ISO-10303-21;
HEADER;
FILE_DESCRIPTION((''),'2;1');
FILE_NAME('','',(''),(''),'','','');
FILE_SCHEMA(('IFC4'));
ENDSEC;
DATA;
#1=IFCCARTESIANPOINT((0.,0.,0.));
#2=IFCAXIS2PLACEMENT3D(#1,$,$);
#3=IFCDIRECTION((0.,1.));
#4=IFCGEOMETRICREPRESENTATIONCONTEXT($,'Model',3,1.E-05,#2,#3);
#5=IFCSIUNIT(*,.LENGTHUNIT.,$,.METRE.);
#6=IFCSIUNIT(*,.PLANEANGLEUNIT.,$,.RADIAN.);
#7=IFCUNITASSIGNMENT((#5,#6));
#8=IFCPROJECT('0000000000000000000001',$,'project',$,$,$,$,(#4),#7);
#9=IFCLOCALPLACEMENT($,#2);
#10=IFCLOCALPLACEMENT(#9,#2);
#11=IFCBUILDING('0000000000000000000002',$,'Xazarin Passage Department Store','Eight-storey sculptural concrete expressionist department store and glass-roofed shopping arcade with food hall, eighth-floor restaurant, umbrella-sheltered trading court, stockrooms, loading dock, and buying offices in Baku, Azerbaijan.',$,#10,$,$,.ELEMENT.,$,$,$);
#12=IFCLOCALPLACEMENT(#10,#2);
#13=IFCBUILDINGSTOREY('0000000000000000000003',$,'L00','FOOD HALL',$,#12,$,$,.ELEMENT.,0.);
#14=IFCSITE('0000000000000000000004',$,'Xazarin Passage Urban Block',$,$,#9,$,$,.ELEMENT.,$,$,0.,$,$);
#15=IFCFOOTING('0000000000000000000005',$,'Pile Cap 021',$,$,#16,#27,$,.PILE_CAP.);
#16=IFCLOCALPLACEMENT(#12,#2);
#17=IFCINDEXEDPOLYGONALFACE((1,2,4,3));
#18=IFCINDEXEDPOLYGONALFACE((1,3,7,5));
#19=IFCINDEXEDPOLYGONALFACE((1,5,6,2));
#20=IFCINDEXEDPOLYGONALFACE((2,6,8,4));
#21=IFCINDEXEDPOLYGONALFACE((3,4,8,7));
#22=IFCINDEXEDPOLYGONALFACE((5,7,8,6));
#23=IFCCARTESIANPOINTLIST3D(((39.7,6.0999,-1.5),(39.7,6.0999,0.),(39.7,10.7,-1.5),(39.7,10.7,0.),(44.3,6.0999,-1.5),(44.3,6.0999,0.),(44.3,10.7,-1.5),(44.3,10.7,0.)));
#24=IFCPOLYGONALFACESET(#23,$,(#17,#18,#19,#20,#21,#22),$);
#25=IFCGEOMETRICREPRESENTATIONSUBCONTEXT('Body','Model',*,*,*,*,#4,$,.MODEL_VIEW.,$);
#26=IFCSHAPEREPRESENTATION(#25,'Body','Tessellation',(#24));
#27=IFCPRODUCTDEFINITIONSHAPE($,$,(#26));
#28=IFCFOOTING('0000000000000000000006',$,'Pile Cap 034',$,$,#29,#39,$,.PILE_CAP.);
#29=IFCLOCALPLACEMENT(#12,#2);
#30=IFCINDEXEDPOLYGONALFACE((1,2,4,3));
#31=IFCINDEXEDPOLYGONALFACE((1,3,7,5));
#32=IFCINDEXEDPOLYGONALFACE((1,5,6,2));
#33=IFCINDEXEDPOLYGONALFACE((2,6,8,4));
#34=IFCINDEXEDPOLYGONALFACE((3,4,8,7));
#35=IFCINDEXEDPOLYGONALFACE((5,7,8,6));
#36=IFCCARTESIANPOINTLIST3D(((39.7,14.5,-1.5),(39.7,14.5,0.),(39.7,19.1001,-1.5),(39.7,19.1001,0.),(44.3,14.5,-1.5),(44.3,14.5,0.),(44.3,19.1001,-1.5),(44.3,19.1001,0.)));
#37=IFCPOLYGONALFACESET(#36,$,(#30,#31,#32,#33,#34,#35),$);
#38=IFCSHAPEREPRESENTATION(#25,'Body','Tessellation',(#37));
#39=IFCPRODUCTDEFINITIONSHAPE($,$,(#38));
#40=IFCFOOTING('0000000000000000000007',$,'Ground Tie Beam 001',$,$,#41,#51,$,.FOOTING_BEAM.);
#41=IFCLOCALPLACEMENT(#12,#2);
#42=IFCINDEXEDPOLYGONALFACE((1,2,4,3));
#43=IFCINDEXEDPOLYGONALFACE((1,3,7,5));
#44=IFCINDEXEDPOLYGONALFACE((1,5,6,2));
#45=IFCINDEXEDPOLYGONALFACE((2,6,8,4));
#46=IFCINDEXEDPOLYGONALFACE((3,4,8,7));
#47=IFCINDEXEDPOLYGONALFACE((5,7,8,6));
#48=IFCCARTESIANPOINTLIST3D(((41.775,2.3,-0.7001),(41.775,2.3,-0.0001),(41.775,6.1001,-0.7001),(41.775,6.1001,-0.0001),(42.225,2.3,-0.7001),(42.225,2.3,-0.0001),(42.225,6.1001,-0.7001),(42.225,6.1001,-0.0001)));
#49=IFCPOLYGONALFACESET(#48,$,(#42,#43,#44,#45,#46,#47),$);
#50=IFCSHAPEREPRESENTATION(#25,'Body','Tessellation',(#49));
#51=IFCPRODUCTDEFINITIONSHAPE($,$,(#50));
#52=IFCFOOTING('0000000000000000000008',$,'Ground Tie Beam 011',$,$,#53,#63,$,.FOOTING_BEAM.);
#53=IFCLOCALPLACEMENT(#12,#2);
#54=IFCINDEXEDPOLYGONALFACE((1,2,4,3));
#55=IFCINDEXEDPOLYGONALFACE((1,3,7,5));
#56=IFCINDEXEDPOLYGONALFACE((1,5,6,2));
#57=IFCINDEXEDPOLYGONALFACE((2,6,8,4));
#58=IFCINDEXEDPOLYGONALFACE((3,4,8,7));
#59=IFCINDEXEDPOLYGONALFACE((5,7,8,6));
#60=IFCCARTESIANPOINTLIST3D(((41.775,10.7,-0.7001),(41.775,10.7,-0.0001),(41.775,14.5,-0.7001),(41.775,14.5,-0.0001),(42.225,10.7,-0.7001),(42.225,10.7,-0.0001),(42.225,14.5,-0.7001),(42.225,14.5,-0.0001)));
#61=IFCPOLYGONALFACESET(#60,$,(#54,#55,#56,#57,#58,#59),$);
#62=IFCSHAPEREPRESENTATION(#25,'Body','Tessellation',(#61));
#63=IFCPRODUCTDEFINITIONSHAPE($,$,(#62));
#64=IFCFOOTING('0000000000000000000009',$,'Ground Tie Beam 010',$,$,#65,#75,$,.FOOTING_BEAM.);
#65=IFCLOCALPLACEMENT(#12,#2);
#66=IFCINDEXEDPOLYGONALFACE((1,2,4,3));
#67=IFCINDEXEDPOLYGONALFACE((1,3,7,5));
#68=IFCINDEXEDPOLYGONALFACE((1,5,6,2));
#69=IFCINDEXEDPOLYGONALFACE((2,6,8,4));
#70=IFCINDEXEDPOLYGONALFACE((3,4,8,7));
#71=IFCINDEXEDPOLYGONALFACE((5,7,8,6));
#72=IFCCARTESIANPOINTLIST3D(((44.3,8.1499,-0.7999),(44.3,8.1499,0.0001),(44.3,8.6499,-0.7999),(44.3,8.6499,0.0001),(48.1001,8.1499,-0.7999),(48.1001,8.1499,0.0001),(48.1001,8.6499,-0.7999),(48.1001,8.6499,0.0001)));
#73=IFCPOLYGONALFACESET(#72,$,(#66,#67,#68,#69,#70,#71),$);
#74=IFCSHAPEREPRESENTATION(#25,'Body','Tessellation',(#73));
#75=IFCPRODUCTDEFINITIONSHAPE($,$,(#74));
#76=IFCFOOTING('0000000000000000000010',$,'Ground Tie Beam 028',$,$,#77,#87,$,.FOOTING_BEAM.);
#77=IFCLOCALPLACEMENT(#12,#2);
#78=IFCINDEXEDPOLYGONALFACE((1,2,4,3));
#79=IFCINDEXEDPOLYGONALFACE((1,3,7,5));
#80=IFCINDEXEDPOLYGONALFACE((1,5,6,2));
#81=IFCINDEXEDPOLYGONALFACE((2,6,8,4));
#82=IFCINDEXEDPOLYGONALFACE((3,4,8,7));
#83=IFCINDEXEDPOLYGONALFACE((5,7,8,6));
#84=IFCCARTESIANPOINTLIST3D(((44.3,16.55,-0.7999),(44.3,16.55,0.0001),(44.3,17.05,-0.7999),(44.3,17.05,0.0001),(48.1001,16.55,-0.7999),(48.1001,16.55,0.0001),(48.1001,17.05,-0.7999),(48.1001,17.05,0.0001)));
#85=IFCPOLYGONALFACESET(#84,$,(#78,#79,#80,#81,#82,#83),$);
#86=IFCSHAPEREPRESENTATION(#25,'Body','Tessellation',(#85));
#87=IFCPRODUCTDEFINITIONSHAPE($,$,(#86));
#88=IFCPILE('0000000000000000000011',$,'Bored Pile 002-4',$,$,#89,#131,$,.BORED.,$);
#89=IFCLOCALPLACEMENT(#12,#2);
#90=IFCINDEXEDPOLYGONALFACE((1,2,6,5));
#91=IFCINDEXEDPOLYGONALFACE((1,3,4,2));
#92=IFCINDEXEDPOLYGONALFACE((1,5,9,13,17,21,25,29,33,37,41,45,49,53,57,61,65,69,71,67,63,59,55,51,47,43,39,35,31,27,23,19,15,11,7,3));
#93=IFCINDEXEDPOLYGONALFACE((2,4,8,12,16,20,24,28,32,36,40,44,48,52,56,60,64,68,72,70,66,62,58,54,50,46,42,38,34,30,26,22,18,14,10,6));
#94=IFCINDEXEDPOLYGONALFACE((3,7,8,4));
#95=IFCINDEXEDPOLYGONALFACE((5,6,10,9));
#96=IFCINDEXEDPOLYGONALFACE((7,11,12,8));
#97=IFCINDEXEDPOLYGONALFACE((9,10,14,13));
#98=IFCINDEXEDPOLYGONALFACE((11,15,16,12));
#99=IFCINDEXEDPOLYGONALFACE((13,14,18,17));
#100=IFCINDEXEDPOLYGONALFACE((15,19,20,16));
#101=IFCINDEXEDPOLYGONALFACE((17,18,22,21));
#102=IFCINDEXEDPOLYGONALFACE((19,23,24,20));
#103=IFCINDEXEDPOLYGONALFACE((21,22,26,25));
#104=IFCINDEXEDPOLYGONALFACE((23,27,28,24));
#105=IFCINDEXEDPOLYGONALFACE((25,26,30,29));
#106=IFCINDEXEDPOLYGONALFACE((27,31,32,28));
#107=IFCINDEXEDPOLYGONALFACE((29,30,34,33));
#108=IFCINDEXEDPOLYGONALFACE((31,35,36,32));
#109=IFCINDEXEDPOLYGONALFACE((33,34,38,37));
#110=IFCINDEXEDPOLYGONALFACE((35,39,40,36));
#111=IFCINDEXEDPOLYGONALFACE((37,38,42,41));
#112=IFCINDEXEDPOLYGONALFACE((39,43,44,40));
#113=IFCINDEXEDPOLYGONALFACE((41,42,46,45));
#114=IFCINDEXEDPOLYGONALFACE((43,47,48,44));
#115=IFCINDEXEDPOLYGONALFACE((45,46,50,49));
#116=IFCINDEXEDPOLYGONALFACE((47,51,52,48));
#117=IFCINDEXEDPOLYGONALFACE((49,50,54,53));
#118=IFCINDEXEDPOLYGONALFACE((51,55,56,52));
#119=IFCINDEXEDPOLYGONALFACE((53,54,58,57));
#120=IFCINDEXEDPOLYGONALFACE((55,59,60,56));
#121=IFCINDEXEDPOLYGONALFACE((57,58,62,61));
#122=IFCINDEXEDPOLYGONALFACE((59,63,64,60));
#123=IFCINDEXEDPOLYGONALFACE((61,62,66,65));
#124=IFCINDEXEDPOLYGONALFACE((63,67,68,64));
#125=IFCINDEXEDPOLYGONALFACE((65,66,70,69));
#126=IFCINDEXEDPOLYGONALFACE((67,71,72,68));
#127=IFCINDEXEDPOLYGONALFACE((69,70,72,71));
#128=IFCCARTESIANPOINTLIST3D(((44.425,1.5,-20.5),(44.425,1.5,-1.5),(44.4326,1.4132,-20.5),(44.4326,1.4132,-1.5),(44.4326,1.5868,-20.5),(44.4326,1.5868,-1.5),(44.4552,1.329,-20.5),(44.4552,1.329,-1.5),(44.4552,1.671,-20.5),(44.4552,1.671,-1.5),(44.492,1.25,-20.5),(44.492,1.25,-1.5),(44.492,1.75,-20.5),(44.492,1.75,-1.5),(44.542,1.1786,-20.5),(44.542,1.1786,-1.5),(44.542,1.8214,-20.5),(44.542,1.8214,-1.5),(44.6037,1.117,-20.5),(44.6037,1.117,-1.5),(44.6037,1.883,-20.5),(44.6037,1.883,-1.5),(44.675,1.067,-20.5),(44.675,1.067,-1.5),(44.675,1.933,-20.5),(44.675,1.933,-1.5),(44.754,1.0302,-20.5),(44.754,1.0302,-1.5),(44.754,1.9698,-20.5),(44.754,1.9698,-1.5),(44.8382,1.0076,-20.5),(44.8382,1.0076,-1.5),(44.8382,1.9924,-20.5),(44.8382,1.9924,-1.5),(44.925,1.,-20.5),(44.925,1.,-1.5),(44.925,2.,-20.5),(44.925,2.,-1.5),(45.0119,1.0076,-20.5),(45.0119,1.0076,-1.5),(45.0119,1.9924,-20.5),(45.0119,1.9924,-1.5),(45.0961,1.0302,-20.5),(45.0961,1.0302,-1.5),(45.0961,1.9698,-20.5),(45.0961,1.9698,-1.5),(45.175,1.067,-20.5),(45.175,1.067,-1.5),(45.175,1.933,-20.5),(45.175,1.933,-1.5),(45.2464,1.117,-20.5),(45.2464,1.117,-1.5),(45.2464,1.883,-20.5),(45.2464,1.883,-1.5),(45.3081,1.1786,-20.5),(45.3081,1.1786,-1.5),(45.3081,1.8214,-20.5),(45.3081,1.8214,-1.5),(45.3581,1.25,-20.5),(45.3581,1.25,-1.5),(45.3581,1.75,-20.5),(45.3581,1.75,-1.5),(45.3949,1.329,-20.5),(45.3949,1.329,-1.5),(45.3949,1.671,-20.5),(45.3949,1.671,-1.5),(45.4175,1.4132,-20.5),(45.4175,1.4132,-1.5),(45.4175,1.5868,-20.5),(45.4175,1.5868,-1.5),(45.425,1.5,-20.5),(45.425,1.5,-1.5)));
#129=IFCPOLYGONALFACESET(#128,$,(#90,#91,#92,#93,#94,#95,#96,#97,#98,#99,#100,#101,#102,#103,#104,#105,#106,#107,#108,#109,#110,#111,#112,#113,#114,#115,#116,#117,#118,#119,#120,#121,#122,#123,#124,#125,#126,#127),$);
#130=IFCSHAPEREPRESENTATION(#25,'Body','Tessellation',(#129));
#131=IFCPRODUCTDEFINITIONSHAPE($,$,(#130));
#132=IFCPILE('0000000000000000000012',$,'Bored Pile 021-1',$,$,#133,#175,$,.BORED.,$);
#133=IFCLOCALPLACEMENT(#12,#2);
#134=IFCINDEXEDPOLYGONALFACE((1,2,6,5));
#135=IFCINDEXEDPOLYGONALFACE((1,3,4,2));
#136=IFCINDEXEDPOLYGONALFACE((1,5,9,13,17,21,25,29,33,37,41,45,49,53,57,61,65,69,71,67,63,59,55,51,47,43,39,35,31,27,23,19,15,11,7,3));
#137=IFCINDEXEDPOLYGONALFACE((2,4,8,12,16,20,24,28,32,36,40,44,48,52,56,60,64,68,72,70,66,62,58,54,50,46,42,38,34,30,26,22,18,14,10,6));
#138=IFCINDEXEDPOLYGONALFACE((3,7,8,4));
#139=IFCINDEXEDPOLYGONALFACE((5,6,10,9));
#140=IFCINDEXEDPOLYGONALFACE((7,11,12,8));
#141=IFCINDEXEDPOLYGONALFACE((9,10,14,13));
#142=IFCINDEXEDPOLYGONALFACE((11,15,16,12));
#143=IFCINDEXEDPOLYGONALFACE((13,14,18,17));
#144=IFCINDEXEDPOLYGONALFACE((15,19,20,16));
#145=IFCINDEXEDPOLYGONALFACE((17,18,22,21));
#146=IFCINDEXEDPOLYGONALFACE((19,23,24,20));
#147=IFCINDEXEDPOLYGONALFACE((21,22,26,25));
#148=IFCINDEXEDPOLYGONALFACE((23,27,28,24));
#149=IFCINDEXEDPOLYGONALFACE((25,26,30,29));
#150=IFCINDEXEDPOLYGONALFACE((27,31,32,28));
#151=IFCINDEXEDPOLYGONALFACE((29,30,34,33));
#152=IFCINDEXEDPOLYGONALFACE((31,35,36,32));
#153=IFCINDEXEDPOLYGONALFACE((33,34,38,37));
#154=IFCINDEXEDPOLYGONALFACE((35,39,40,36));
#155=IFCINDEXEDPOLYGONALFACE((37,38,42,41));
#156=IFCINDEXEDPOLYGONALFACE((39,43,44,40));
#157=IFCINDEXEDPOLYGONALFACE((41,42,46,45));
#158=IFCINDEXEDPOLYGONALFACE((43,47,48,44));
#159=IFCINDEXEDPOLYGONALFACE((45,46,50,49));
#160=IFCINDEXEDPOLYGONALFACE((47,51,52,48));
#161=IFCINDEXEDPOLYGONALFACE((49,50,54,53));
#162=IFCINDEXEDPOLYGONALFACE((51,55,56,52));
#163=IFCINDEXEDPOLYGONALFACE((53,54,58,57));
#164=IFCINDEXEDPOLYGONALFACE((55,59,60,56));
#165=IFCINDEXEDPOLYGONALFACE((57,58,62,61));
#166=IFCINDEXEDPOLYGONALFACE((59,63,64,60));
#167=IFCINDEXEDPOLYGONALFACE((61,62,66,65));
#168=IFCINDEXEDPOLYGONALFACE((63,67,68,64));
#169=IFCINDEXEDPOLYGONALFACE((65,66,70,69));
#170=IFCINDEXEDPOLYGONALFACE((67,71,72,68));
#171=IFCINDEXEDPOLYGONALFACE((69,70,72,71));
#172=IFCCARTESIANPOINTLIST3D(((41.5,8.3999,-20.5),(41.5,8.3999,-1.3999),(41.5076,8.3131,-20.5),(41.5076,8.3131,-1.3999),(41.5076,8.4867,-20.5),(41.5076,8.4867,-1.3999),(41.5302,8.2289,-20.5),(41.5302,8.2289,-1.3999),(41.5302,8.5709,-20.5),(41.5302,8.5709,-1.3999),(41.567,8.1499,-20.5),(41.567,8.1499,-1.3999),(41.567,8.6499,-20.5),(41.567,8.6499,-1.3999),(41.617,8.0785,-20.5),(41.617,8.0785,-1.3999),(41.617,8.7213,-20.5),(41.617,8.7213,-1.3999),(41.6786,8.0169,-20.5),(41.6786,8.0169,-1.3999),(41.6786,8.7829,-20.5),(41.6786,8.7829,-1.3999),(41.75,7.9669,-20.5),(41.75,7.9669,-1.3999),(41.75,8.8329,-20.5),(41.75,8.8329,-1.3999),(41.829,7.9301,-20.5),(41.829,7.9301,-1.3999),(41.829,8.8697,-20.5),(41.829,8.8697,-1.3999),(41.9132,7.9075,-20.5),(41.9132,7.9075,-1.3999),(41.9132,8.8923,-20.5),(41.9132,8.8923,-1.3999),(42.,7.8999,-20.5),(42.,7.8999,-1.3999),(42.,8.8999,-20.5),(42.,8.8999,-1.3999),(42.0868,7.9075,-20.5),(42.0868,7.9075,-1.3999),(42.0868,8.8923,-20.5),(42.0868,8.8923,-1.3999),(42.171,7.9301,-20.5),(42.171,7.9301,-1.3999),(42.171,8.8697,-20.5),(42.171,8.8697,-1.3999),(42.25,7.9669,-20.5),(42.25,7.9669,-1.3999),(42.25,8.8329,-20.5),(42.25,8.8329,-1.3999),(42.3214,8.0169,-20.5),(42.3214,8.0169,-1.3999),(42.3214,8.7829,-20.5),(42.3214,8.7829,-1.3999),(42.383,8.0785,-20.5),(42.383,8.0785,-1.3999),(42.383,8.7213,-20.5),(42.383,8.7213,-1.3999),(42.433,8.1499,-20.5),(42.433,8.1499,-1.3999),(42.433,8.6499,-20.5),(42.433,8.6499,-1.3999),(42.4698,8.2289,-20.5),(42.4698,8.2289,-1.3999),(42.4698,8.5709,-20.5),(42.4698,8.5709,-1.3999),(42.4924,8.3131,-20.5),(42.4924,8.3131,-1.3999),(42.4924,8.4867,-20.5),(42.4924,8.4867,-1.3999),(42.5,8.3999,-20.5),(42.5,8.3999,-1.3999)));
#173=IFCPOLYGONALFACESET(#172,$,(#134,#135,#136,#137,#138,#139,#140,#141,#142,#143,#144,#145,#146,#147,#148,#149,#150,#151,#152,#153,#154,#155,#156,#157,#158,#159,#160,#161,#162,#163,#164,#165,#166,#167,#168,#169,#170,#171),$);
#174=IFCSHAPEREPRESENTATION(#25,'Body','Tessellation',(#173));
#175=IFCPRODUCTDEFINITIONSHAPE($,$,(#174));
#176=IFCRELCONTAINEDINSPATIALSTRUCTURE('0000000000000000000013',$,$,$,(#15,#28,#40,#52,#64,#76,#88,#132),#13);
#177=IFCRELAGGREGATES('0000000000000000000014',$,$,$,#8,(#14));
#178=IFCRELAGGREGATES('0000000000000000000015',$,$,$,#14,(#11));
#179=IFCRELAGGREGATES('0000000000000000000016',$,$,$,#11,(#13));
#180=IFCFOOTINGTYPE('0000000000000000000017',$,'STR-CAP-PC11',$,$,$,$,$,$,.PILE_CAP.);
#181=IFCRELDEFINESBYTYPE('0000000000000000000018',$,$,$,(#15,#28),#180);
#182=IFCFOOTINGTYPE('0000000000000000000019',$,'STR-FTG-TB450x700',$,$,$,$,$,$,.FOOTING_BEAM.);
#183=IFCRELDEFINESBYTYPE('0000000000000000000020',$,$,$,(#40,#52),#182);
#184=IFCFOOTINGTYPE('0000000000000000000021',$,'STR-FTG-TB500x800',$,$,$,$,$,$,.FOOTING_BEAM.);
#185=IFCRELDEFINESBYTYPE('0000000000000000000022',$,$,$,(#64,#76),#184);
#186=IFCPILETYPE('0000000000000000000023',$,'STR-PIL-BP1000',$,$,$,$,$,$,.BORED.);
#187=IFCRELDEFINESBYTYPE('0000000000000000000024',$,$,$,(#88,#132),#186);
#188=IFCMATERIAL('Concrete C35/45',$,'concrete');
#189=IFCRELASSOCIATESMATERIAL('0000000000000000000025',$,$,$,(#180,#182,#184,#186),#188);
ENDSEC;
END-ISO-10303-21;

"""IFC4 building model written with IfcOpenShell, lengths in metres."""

from ifc_helpers import new_model, si_unit, direction, frame, origin, origin_2d, place, context, subcontext, project, spatial, rectangle, circle, extrude, material, material_profile, profile_set, type_object, element, save


model = new_model("IFC4")

# Units and contexts
model_context = context("Model", 3, precision=1e-05, world=origin(), true_north=direction((0.0, 1.0)))
body_context = subcontext(model_context, "Body", "Model", "MODEL_VIEW")
ifc_project = project(units=[si_unit("LENGTHUNIT", "METRE"), si_unit("PLANEANGLEUNIT", "RADIAN")], contexts=[model_context])

# Site, building, storey
site_placement = place(None, origin())
site = spatial("IfcSite", under=ifc_project, at=site_placement, Name="Xazarin Passage Urban Block", CompositionType="ELEMENT", RefElevation=0.0)
building_placement = place(site_placement, origin())
building = spatial("IfcBuilding", under=site, at=building_placement, Name="Xazarin Passage Department Store", Description="Eight-storey sculptural concrete expressionist department store and glass-roofed shopping arcade with food hall, eighth-floor restaurant, umbrella-sheltered trading court, stockrooms, loading dock, and buying offices in Baku, Azerbaijan.", CompositionType="ELEMENT")
storey_placement = place(building_placement, origin())
storey = spatial("IfcBuildingStorey", under=building, at=storey_placement, Name="L00", Description="FOOD HALL", CompositionType="ELEMENT", Elevation=0.0)

# Footings
ifc_material_1 = material(Name="Concrete C35/45", Category="concrete")
footing_type_1 = type_object("IfcFootingType", Name="STR-CAP-PC11", PredefinedType="PILE_CAP", material=ifc_material_1)
for number, where, z_axis, x_axis, name in (
    (1, (42.0, 8.3999, -1.5), (0.0, 0.0, 1.0), (1.0, 0.0, 0.0), "Pile Cap 021"),
    (2, (42.0, 16.8, -1.5), (0.0, 0.0, 1.0), (1.0, 0.0, 0.0), "Pile Cap 034"),
):
    element("IfcFooting", number, at=place(storey_placement, frame(where, z_axis=z_axis, x_axis=x_axis)), inside=storey, type_object=footing_type_1, Name=name, PredefinedType="PILE_CAP", context=body_context, shape_type="SweptSolid", body=[
        extrude(rectangle(XDim=4.6001, YDim=4.6001, at=origin_2d()), origin(), (0.0, 0.0, 1.0), 1.5),
    ])
ifc_material_profile_1 = material_profile(ifc_material_1, rectangle(XDim=0.45, YDim=0.7, at=origin_2d()), Name="RC 450x700")
ifc_profile_set_1 = profile_set([ifc_material_profile_1], Name="Concrete C35/45")
footing_type_2 = type_object("IfcFootingType", Name="STR-FTG-TB450x700", PredefinedType="FOOTING_BEAM", material=ifc_profile_set_1)
for number, where, z_axis, x_axis, name in (
    (3, (42.0, 2.3, -0.3501), (0.0, 1.0, 0.0), (-1.0, 0.0, 0.0), "Ground Tie Beam 001"),
    (4, (42.0, 10.7, -0.3501), (0.0, 1.0, 0.0), (-1.0, 0.0, 0.0), "Ground Tie Beam 011"),
):
    element("IfcFooting", number, at=place(storey_placement, frame(where, z_axis=z_axis, x_axis=x_axis)), inside=storey, type_object=footing_type_2, Name=name, PredefinedType="FOOTING_BEAM", context=body_context, shape_type="SweptSolid", body=[
        extrude(rectangle(XDim=0.45, YDim=0.7, at=origin_2d()), origin(), (0.0, 0.0, 1.0), 3.8),
    ])
ifc_material_profile_2 = material_profile(ifc_material_1, rectangle(XDim=0.5, YDim=0.8, at=origin_2d()), Name="RC 500x800")
ifc_profile_set_2 = profile_set([ifc_material_profile_2], Name="Concrete C35/45")
footing_type_3 = type_object("IfcFootingType", Name="STR-FTG-TB500x800", PredefinedType="FOOTING_BEAM", material=ifc_profile_set_2)
for number, where, z_axis, x_axis, name in (
    (5, (44.3, 8.3999, -0.3999), (1.0, 0.0, 0.0), (0.0, 1.0, 0.0), "Ground Tie Beam 010"),
    (6, (44.3, 16.8, -0.3999), (1.0, 0.0, 0.0), (0.0, 1.0, 0.0), "Ground Tie Beam 028"),
):
    element("IfcFooting", number, at=place(storey_placement, frame(where, z_axis=z_axis, x_axis=x_axis)), inside=storey, type_object=footing_type_3, Name=name, PredefinedType="FOOTING_BEAM", context=body_context, shape_type="SweptSolid", body=[
        extrude(rectangle(XDim=0.5, YDim=0.8, at=origin_2d()), origin(), (0.0, 0.0, 1.0), 3.8),
    ])

# Piles
ifc_material_profile_3 = material_profile(ifc_material_1, circle(Radius=0.5, at=origin_2d()), Name="BP 1000")
ifc_profile_set_3 = profile_set([ifc_material_profile_3], Name="Concrete C35/45")
pile_type_1 = type_object("IfcPileType", Name="STR-PIL-BP1000", PredefinedType="BORED", material=ifc_profile_set_3)
pile_1_placement = place(storey_placement, frame((44.925, 1.5, -1.5), z_axis=(0.0, 0.0, -1.0), x_axis=(1.0, 0.0, 0.0)))
element("IfcPile", 7, at=pile_1_placement, inside=storey, type_object=pile_type_1, Name="Bored Pile 002-4", PredefinedType="BORED", context=body_context, shape_type="SweptSolid", body=[
    extrude(circle(Radius=0.5, at=origin_2d()), origin(), (0.0, 0.0, 1.0), 19.0),
])
pile_2_placement = place(storey_placement, frame((42.0, 8.3999, -1.3999), z_axis=(0.0, 0.0, -1.0), x_axis=(1.0, 0.0, 0.0)))
element("IfcPile", 8, at=pile_2_placement, inside=storey, type_object=pile_type_1, Name="Bored Pile 021-1", PredefinedType="BORED", context=body_context, shape_type="SweptSolid", body=[
    extrude(circle(Radius=0.5, at=origin_2d()), origin(), (0.0, 0.0, 1.0), 19.1001),
])

save(model, "model.ifc")
